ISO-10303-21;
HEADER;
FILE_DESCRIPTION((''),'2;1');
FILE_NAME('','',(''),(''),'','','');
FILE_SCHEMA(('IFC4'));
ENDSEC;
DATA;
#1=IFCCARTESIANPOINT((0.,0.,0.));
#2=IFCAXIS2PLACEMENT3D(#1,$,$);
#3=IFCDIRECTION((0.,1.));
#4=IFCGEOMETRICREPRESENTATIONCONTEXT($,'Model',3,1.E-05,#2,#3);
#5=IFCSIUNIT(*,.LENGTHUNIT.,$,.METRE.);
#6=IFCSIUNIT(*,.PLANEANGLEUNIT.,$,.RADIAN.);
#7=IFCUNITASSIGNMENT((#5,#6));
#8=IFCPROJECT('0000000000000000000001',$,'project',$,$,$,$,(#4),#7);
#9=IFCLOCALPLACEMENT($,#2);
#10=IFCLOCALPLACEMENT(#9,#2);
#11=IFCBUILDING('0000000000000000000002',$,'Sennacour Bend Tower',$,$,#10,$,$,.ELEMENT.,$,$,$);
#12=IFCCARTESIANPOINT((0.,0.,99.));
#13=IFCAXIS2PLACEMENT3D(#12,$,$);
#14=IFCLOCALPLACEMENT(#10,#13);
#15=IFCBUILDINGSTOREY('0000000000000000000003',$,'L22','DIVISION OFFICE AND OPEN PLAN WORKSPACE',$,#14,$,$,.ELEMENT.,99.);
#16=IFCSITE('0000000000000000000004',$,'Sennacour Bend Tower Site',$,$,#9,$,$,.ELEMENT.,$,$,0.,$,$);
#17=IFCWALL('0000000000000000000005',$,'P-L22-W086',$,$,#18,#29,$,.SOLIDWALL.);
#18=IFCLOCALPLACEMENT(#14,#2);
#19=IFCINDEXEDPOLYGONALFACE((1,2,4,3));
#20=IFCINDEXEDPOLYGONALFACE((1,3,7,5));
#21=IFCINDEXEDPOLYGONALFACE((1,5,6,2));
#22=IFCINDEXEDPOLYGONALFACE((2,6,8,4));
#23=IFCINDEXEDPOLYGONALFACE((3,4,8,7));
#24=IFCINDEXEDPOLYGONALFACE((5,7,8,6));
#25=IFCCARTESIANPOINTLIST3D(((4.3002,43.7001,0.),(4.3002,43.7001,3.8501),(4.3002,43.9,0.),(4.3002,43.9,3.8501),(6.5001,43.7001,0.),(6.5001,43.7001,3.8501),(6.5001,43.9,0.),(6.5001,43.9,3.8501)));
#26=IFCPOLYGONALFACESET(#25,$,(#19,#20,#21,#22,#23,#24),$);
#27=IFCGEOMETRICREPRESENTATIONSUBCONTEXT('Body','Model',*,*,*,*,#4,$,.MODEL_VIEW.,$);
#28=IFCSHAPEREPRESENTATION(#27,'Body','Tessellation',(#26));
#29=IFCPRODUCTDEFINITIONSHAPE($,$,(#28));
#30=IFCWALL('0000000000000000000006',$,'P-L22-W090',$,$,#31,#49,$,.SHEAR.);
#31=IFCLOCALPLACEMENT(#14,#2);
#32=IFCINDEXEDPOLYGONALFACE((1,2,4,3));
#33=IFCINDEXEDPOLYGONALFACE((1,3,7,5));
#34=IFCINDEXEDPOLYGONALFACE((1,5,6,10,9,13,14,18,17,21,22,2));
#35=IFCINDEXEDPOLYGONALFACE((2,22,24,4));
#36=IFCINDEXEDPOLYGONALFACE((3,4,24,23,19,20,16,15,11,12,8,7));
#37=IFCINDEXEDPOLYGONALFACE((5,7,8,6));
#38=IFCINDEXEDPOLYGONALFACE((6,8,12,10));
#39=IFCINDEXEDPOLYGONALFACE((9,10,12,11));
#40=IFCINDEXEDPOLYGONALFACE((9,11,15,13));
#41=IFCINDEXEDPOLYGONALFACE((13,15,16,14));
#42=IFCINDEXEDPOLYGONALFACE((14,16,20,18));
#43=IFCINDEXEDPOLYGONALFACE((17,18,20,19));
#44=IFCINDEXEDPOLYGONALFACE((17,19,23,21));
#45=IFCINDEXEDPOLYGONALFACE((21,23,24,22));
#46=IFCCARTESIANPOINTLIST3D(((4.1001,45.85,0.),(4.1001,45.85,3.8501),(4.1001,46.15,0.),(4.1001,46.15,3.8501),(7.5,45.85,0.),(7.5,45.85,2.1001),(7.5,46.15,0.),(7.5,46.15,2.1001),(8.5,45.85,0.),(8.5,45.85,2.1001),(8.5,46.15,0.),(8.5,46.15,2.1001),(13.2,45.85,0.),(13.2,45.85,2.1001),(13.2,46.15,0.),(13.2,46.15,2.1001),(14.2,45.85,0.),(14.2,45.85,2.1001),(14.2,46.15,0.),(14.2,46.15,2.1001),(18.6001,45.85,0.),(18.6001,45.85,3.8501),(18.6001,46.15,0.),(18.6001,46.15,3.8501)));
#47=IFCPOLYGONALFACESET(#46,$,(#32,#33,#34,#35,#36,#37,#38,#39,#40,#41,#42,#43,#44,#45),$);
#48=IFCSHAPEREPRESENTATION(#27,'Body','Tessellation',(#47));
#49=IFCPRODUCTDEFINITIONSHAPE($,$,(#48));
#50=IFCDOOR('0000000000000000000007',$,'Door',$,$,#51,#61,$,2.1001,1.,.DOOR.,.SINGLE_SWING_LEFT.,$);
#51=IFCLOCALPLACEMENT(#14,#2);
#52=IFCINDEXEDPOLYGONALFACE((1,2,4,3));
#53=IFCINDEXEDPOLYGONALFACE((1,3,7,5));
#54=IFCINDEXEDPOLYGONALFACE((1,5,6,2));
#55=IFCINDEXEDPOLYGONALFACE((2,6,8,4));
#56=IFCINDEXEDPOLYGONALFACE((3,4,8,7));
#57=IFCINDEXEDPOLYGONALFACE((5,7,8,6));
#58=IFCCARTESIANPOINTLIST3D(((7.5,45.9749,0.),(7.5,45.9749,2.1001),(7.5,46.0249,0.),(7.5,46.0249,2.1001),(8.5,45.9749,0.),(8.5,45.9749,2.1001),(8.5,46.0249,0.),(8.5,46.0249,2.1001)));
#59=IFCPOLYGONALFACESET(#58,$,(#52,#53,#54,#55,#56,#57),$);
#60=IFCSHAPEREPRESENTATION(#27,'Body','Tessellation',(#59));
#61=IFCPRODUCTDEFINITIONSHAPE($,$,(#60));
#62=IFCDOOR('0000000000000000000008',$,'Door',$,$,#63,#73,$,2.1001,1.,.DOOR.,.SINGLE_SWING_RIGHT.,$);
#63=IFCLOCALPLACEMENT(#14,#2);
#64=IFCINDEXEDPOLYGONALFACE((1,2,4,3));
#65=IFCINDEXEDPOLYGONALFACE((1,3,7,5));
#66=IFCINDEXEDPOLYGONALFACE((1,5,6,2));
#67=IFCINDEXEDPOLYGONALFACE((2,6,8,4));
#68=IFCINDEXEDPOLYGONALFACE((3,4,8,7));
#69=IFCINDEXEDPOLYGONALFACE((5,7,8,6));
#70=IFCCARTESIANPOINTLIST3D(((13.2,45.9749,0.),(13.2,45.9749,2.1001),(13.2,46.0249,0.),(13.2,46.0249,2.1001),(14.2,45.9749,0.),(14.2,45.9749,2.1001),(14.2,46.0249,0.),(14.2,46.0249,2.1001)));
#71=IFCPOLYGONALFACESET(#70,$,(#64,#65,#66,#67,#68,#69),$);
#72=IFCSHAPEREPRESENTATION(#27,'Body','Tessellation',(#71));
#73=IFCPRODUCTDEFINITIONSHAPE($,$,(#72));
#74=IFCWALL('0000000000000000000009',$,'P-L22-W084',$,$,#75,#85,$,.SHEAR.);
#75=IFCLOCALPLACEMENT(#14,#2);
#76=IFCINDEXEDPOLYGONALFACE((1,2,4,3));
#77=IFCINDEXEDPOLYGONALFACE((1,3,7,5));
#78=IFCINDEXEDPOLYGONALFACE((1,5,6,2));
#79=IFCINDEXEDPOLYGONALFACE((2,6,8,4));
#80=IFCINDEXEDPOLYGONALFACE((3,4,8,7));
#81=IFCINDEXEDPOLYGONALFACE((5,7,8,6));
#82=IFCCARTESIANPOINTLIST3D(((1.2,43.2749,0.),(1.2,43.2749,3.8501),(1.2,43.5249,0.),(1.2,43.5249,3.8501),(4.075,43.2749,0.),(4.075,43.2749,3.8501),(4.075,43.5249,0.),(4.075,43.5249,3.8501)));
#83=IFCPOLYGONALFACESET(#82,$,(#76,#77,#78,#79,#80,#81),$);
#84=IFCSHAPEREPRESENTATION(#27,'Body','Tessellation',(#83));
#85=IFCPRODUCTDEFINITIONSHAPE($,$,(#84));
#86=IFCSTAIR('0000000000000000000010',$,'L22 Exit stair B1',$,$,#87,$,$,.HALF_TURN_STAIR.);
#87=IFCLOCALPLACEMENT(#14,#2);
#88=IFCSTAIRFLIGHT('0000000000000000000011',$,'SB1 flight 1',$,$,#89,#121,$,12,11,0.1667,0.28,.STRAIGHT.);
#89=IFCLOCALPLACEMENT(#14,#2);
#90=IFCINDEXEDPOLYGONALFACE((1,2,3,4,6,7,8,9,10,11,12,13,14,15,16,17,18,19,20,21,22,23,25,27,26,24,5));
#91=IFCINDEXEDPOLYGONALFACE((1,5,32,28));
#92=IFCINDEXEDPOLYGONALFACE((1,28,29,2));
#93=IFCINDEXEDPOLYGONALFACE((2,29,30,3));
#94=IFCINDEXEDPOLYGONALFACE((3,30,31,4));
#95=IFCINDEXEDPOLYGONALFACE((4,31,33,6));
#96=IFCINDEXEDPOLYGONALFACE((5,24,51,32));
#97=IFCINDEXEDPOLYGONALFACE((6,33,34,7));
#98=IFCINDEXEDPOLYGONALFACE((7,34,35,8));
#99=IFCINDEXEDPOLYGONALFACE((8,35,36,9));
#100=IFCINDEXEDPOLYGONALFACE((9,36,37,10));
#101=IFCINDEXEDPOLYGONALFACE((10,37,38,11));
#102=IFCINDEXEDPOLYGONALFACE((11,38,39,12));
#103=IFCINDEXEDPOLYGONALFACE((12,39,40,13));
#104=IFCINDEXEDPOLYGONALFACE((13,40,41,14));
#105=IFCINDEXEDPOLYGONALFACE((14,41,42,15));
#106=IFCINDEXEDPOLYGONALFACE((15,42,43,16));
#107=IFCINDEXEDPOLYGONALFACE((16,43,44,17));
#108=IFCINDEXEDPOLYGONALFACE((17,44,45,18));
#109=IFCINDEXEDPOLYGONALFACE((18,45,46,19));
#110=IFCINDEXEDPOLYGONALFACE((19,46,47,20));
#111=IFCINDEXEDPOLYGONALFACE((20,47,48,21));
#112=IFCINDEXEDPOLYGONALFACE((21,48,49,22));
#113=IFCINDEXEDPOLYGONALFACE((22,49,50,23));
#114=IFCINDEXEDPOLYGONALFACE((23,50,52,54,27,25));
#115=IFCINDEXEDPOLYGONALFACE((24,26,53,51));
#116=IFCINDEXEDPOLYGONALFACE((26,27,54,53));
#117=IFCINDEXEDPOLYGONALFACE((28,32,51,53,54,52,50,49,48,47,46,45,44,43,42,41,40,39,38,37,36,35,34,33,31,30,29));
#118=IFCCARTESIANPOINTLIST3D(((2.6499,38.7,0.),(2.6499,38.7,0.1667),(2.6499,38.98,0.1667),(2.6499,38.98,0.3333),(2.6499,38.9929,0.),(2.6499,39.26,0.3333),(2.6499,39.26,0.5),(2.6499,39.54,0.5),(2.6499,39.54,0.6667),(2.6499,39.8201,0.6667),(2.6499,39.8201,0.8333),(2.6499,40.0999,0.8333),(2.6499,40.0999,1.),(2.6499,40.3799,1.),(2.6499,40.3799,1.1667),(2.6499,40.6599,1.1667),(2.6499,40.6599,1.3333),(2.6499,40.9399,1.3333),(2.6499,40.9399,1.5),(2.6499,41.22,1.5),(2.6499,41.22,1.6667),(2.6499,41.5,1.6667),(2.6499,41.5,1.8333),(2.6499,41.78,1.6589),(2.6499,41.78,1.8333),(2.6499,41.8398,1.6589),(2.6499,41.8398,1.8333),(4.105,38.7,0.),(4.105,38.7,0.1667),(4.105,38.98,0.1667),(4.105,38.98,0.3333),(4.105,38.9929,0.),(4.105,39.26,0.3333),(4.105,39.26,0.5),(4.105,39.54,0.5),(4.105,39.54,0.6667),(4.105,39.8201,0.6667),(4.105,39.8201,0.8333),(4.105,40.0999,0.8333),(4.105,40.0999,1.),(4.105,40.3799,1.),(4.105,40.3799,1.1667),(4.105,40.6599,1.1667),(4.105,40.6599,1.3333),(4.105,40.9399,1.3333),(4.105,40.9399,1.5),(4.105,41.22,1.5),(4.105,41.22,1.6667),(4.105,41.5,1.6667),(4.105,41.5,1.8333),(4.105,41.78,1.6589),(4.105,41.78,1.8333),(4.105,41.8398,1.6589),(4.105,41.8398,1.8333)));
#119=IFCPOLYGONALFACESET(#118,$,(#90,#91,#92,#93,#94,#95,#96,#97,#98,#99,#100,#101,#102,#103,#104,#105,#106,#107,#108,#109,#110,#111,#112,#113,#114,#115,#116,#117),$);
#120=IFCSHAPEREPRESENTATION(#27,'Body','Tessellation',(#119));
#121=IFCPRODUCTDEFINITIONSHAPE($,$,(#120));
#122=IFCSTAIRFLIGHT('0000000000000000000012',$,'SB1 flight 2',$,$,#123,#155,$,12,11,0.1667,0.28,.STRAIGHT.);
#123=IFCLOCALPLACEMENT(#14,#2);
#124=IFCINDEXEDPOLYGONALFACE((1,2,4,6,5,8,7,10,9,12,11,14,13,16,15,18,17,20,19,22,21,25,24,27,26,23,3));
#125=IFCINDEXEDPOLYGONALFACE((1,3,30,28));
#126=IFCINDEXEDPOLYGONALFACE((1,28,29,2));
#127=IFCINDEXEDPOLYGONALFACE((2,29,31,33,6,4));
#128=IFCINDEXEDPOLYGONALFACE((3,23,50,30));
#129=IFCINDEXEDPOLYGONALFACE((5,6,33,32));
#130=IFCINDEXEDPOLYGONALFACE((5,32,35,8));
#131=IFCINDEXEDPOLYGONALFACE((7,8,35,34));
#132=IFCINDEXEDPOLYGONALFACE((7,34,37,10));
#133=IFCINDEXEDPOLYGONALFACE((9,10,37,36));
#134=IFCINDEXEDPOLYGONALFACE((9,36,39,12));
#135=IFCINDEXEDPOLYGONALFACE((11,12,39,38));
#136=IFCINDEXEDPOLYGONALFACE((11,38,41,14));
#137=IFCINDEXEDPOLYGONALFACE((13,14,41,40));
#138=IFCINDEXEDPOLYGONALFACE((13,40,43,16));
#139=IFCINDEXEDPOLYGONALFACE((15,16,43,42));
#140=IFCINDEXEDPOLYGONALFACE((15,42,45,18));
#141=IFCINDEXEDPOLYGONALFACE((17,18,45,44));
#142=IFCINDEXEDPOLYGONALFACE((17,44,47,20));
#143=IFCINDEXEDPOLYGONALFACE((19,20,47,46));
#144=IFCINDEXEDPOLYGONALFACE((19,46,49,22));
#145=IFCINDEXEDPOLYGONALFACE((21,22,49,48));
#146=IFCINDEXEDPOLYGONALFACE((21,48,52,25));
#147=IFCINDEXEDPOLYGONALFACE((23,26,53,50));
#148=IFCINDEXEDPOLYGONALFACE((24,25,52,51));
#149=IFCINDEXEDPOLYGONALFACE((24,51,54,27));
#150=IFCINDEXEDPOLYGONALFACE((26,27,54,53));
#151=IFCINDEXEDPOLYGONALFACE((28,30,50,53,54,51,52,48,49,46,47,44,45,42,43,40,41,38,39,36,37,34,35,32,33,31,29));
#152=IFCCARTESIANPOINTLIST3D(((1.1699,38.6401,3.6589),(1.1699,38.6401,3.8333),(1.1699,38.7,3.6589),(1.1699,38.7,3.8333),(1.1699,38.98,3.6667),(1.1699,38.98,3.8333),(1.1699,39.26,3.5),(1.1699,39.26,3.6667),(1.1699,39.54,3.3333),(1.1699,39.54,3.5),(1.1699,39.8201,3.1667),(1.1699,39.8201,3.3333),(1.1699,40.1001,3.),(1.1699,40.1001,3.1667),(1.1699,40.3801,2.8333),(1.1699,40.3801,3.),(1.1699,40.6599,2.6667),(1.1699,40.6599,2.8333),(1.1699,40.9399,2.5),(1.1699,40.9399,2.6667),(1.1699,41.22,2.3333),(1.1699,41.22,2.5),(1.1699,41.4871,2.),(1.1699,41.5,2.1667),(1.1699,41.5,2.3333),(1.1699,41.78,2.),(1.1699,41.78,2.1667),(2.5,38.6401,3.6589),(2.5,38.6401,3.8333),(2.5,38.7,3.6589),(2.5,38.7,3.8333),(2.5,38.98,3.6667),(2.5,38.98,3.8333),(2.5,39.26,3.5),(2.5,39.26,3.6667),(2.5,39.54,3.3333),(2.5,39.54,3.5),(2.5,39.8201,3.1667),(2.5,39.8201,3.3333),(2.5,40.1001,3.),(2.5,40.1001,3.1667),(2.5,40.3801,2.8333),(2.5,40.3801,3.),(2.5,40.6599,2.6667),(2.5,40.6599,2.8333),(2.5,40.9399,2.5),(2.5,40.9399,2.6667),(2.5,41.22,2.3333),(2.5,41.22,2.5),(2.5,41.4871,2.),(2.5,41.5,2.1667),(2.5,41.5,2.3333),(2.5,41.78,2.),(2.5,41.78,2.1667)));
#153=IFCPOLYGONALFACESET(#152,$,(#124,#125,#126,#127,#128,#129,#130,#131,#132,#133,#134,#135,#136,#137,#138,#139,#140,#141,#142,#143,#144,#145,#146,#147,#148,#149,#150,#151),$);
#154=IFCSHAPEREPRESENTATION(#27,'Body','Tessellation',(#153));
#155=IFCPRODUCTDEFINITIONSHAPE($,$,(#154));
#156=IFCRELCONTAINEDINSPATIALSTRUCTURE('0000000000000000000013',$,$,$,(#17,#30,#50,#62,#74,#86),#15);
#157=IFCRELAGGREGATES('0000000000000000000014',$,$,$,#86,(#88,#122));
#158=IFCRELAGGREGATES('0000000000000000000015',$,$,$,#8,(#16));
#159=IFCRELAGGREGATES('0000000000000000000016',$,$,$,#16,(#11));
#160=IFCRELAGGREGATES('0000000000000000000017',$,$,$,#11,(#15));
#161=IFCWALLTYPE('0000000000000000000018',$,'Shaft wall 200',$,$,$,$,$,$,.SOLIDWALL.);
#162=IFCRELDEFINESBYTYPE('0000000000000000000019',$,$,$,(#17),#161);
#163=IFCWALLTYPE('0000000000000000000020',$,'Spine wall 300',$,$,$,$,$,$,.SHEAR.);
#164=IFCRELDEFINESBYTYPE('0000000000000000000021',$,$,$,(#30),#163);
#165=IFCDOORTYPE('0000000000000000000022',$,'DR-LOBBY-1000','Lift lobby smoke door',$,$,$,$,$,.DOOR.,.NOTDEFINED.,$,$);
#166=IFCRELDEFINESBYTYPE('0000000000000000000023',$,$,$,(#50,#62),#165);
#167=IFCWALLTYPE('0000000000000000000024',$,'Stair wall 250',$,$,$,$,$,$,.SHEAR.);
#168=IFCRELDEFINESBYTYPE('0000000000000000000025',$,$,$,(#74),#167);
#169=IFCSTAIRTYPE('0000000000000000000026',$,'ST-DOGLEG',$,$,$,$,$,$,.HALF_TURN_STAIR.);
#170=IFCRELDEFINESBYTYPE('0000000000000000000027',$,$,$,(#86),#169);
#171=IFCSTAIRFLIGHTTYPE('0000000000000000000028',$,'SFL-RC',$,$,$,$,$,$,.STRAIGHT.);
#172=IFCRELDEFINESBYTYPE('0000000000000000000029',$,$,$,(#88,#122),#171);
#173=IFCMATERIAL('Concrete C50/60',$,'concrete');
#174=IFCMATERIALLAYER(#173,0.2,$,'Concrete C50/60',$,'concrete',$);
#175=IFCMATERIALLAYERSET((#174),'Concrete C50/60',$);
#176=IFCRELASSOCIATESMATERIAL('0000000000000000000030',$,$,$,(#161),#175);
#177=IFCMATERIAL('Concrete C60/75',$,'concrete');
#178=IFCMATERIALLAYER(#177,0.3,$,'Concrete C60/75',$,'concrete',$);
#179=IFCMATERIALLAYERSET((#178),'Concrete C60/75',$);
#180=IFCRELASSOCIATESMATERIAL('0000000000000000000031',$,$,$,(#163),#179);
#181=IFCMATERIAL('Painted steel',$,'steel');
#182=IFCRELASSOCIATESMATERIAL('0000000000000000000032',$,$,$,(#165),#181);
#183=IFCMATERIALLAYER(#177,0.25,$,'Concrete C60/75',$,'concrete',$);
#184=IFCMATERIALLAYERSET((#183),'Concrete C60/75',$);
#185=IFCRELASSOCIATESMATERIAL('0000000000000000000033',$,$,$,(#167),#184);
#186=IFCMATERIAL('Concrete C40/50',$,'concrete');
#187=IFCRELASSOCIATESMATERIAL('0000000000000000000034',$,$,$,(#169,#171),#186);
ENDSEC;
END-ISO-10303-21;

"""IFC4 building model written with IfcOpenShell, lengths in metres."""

from ifc_helpers import new_model, si_unit, direction, frame, frame_2d, origin, place, context, subcontext, project, spatial, polyline, rectangle, outline, extrude, material, layer, layer_set, type_object, element, fill, aggregate, save


model = new_model("IFC4")

# Units and contexts
model_context = context("Model", 3, precision=1e-05, world=origin(), true_north=direction((0.0, 1.0)))
body_context = subcontext(model_context, "Body", "Model", "MODEL_VIEW")
ifc_project = project(units=[si_unit("LENGTHUNIT", "METRE"), si_unit("PLANEANGLEUNIT", "RADIAN")], contexts=[model_context])

# Site, building, storey
site_placement = place(None, origin())
site = spatial("IfcSite", under=ifc_project, at=site_placement, Name="Sennacour Bend Tower Site", CompositionType="ELEMENT", RefElevation=0.0)
building_placement = place(site_placement, origin())
building = spatial("IfcBuilding", under=site, at=building_placement, Name="Sennacour Bend Tower", CompositionType="ELEMENT")
storey_placement = place(building_placement, frame((0.0, 0.0, 99.0)))
storey = spatial("IfcBuildingStorey", under=building, at=storey_placement, Name="L22", Description="DIVISION OFFICE AND OPEN PLAN WORKSPACE", CompositionType="ELEMENT", Elevation=99.0)

# Shared definitions
ifc_material_1 = material(Name="Painted steel", Category="steel")

# Wall
ifc_material_2 = material(Name="Concrete C50/60", Category="concrete")
ifc_layer_1 = layer(ifc_material_2, 0.2, Name="Concrete C50/60", Category="concrete")
ifc_layer_set_1 = layer_set([ifc_layer_1], Name="Concrete C50/60")
wall_type_1 = type_object("IfcWallType", Name="Shaft wall 200", PredefinedType="SOLIDWALL", material=ifc_layer_set_1)
wall_1_placement = place(storey_placement, frame((4.3, 43.8, 0.0), z_axis=(0.0, 0.0, 1.0), x_axis=(1.0, 0.0, 0.0)))
element("IfcWall", 1, at=wall_1_placement, inside=storey, type_object=wall_type_1, Name="P-L22-W086", PredefinedType="SOLIDWALL", context=body_context, shape_type="SweptSolid", body=[
    extrude(rectangle(XDim=2.2, YDim=0.2, at=frame_2d((1.1001, 0.0))), origin(), (0.0, 0.0, 1.0), 3.8501),
])

# Wall, openings, doors
ifc_material_3 = material(Name="Concrete C60/75", Category="concrete")
ifc_layer_2 = layer(ifc_material_3, 0.3, Name="Concrete C60/75", Category="concrete")
ifc_layer_set_2 = layer_set([ifc_layer_2], Name="Concrete C60/75")
wall_type_2 = type_object("IfcWallType", Name="Spine wall 300", PredefinedType="SHEAR", material=ifc_layer_set_2)
wall_2_placement = place(storey_placement, frame((4.1001, 46.0, 0.0), z_axis=(0.0, 0.0, 1.0), x_axis=(1.0, 0.0, 0.0)))
wall_2 = element("IfcWall", 2, at=wall_2_placement, inside=storey, type_object=wall_type_2, Name="P-L22-W090", PredefinedType="SHEAR", context=body_context, shape_type="SweptSolid", body=[
    extrude(rectangle(XDim=14.5, YDim=0.3, at=frame_2d((7.25, 0.0))), origin(), (0.0, 0.0, 1.0), 3.8501),
])
opening_1_placement = place(wall_2_placement, frame((3.3999, 0.0, 0.0)))
opening_1 = element("IfcOpeningElement", 3, at=opening_1_placement, cuts=wall_2, PredefinedType="OPENING", context=body_context, shape_type="SweptSolid", body=[
    extrude(rectangle(XDim=1.0, YDim=2.1001, at=frame_2d((0.5, 1.05))), frame((0.0, 0.1602, 0.0), z_axis=(0.0, -1.0, 0.0), x_axis=(1.0, 0.0, 0.0)), (0.0, 0.0, 1.0), 0.3201),
])
opening_2_placement = place(wall_2_placement, frame((9.0999, 0.0, 0.0)))
opening_2 = element("IfcOpeningElement", 4, at=opening_2_placement, cuts=wall_2, PredefinedType="OPENING", context=body_context, shape_type="SweptSolid", body=[
    extrude(rectangle(XDim=1.0, YDim=2.1001, at=frame_2d((0.5, 1.05))), frame((0.0, 0.1602, 0.0), z_axis=(0.0, -1.0, 0.0), x_axis=(1.0, 0.0, 0.0)), (0.0, 0.0, 1.0), 0.3201),
])
door_type_1 = type_object("IfcDoorType", Name="DR-LOBBY-1000", Description="Lift lobby smoke door", OperationType="NOTDEFINED", PredefinedType="DOOR", material=ifc_material_1)
door_1_placement = place(opening_1_placement, origin())
door_1 = element("IfcDoor", 5, at=door_1_placement, inside=storey, type_object=door_type_1, Name="Door", OperationType="SINGLE_SWING_LEFT", OverallHeight=2.1001, OverallWidth=1.0, PredefinedType="DOOR", context=body_context, shape_type="SweptSolid", body=[
    extrude(rectangle(XDim=1.0, YDim=2.1001, at=frame_2d((0.5, 1.05))), frame((0.0, 0.0249, 0.0), z_axis=(0.0, -1.0, 0.0), x_axis=(1.0, 0.0, 0.0)), (0.0, 0.0, 1.0), 0.05),
])
fill(opening_1, door_1)
door_2_placement = place(opening_2_placement, origin())
door_2 = element("IfcDoor", 6, at=door_2_placement, inside=storey, type_object=door_type_1, Name="Door", OperationType="SINGLE_SWING_RIGHT", OverallHeight=2.1001, OverallWidth=1.0, PredefinedType="DOOR", context=body_context, shape_type="SweptSolid", body=[
    extrude(rectangle(XDim=1.0, YDim=2.1001, at=frame_2d((0.5, 1.05))), frame((0.0, 0.0249, 0.0), z_axis=(0.0, -1.0, 0.0), x_axis=(1.0, 0.0, 0.0)), (0.0, 0.0, 1.0), 0.05),
])
fill(opening_2, door_2)

# Wall
ifc_layer_3 = layer(ifc_material_3, 0.25, Name="Concrete C60/75", Category="concrete")
ifc_layer_set_3 = layer_set([ifc_layer_3], Name="Concrete C60/75")
wall_type_3 = type_object("IfcWallType", Name="Stair wall 250", PredefinedType="SHEAR", material=ifc_layer_set_3)
wall_3_placement = place(storey_placement, frame((1.2, 43.3999, 0.0), z_axis=(0.0, 0.0, 1.0), x_axis=(1.0, 0.0, 0.0)))
element("IfcWall", 7, at=wall_3_placement, inside=storey, type_object=wall_type_3, Name="P-L22-W084", PredefinedType="SHEAR", context=body_context, shape_type="SweptSolid", body=[
    extrude(rectangle(XDim=2.875, YDim=0.25, at=frame_2d((1.4375, 0.0))), origin(), (0.0, 0.0, 1.0), 3.8501),
])

# Stair, stair flights
ifc_material_4 = material(Name="Concrete C40/50", Category="concrete")
stair_type = type_object("IfcStairType", Name="ST-DOGLEG", PredefinedType="HALF_TURN_STAIR", material=ifc_material_4)
stair_placement = place(storey_placement, origin())
stair = element("IfcStair", 8, at=stair_placement, inside=storey, type_object=stair_type, Name="L22 Exit stair B1", PredefinedType="HALF_TURN_STAIR")
stair_flight_type = type_object("IfcStairFlightType", Name="SFL-RC", PredefinedType="STRAIGHT", material=ifc_material_4)
stair_flight_1_placement = place(storey_placement, frame((3.3774, 38.7, 0.0), z_axis=(0.0, 0.0, 1.0), x_axis=(0.0, 1.0, 0.0)))
stair_flight_1 = element("IfcStairFlight", 9, at=stair_flight_1_placement, type_object=stair_flight_type, Name="SB1 flight 1", NumberOfRisers=12, NumberOfTreads=11, PredefinedType="STRAIGHT", RiserHeight=0.1667, TreadLength=0.28, context=body_context, shape_type="SweptSolid", body=[
    extrude(outline(polyline([(0.0, 0.0), (0.0, 0.1667), (0.28, 0.1667), (0.28, 0.3333), (0.5601, 0.3333), (0.5601, 0.5), (0.8401, 0.5), (0.8401, 0.6667), (1.1201, 0.6667), (1.1201, 0.8333), (1.3999, 0.8333), (1.3999, 1.0), (1.6799, 1.0), (1.6799, 1.1667), (1.96, 1.1667), (1.96, 1.3333), (2.24, 1.3333), (2.24, 1.5), (2.52, 1.5), (2.52, 1.6667), (2.8, 1.6667), (2.8, 1.8333), (3.0801, 1.8333), (3.1399, 1.8333), (3.1399, 1.6589), (3.0801, 1.6589), (0.293, 0.0), (0.0, 0.0)])), frame((0.0, 0.7275, 0.0), z_axis=(0.0, -1.0, 0.0), x_axis=(1.0, 0.0, 0.0)), (0.0, 0.0, 1.0), 1.4551),
])
stair_flight_2_placement = place(storey_placement, frame((1.835, 41.78, 2.0), z_axis=(0.0, 0.0, 1.0), x_axis=(0.0, -1.0, 0.0)))
stair_flight_2 = element("IfcStairFlight", 10, at=stair_flight_2_placement, type_object=stair_flight_type, Name="SB1 flight 2", NumberOfRisers=12, NumberOfTreads=11, PredefinedType="STRAIGHT", RiserHeight=0.1667, TreadLength=0.28, context=body_context, shape_type="SweptSolid", body=[
    extrude(outline(polyline([(0.0, 0.0), (0.0, 0.1667), (0.28, 0.1667), (0.28, 0.3333), (0.5601, 0.3333), (0.5601, 0.5), (0.8401, 0.5), (0.8401, 0.6667), (1.1201, 0.6667), (1.1201, 0.8333), (1.3999, 0.8333), (1.3999, 1.0), (1.6799, 1.0), (1.6799, 1.1667), (1.96, 1.1667), (1.96, 1.3333), (2.24, 1.3333), (2.24, 1.5), (2.52, 1.5), (2.52, 1.6667), (2.8, 1.6667), (2.8, 1.8333), (3.0801, 1.8333), (3.1399, 1.8333), (3.1399, 1.6589), (3.0801, 1.6589), (0.293, 0.0), (0.0, 0.0)])), frame((0.0, 0.665, 0.0), z_axis=(0.0, -1.0, 0.0), x_axis=(1.0, 0.0, 0.0)), (0.0, 0.0, 1.0), 1.3301),
])
aggregate(stair, [stair_flight_1, stair_flight_2])

save(model, "model.ifc")
